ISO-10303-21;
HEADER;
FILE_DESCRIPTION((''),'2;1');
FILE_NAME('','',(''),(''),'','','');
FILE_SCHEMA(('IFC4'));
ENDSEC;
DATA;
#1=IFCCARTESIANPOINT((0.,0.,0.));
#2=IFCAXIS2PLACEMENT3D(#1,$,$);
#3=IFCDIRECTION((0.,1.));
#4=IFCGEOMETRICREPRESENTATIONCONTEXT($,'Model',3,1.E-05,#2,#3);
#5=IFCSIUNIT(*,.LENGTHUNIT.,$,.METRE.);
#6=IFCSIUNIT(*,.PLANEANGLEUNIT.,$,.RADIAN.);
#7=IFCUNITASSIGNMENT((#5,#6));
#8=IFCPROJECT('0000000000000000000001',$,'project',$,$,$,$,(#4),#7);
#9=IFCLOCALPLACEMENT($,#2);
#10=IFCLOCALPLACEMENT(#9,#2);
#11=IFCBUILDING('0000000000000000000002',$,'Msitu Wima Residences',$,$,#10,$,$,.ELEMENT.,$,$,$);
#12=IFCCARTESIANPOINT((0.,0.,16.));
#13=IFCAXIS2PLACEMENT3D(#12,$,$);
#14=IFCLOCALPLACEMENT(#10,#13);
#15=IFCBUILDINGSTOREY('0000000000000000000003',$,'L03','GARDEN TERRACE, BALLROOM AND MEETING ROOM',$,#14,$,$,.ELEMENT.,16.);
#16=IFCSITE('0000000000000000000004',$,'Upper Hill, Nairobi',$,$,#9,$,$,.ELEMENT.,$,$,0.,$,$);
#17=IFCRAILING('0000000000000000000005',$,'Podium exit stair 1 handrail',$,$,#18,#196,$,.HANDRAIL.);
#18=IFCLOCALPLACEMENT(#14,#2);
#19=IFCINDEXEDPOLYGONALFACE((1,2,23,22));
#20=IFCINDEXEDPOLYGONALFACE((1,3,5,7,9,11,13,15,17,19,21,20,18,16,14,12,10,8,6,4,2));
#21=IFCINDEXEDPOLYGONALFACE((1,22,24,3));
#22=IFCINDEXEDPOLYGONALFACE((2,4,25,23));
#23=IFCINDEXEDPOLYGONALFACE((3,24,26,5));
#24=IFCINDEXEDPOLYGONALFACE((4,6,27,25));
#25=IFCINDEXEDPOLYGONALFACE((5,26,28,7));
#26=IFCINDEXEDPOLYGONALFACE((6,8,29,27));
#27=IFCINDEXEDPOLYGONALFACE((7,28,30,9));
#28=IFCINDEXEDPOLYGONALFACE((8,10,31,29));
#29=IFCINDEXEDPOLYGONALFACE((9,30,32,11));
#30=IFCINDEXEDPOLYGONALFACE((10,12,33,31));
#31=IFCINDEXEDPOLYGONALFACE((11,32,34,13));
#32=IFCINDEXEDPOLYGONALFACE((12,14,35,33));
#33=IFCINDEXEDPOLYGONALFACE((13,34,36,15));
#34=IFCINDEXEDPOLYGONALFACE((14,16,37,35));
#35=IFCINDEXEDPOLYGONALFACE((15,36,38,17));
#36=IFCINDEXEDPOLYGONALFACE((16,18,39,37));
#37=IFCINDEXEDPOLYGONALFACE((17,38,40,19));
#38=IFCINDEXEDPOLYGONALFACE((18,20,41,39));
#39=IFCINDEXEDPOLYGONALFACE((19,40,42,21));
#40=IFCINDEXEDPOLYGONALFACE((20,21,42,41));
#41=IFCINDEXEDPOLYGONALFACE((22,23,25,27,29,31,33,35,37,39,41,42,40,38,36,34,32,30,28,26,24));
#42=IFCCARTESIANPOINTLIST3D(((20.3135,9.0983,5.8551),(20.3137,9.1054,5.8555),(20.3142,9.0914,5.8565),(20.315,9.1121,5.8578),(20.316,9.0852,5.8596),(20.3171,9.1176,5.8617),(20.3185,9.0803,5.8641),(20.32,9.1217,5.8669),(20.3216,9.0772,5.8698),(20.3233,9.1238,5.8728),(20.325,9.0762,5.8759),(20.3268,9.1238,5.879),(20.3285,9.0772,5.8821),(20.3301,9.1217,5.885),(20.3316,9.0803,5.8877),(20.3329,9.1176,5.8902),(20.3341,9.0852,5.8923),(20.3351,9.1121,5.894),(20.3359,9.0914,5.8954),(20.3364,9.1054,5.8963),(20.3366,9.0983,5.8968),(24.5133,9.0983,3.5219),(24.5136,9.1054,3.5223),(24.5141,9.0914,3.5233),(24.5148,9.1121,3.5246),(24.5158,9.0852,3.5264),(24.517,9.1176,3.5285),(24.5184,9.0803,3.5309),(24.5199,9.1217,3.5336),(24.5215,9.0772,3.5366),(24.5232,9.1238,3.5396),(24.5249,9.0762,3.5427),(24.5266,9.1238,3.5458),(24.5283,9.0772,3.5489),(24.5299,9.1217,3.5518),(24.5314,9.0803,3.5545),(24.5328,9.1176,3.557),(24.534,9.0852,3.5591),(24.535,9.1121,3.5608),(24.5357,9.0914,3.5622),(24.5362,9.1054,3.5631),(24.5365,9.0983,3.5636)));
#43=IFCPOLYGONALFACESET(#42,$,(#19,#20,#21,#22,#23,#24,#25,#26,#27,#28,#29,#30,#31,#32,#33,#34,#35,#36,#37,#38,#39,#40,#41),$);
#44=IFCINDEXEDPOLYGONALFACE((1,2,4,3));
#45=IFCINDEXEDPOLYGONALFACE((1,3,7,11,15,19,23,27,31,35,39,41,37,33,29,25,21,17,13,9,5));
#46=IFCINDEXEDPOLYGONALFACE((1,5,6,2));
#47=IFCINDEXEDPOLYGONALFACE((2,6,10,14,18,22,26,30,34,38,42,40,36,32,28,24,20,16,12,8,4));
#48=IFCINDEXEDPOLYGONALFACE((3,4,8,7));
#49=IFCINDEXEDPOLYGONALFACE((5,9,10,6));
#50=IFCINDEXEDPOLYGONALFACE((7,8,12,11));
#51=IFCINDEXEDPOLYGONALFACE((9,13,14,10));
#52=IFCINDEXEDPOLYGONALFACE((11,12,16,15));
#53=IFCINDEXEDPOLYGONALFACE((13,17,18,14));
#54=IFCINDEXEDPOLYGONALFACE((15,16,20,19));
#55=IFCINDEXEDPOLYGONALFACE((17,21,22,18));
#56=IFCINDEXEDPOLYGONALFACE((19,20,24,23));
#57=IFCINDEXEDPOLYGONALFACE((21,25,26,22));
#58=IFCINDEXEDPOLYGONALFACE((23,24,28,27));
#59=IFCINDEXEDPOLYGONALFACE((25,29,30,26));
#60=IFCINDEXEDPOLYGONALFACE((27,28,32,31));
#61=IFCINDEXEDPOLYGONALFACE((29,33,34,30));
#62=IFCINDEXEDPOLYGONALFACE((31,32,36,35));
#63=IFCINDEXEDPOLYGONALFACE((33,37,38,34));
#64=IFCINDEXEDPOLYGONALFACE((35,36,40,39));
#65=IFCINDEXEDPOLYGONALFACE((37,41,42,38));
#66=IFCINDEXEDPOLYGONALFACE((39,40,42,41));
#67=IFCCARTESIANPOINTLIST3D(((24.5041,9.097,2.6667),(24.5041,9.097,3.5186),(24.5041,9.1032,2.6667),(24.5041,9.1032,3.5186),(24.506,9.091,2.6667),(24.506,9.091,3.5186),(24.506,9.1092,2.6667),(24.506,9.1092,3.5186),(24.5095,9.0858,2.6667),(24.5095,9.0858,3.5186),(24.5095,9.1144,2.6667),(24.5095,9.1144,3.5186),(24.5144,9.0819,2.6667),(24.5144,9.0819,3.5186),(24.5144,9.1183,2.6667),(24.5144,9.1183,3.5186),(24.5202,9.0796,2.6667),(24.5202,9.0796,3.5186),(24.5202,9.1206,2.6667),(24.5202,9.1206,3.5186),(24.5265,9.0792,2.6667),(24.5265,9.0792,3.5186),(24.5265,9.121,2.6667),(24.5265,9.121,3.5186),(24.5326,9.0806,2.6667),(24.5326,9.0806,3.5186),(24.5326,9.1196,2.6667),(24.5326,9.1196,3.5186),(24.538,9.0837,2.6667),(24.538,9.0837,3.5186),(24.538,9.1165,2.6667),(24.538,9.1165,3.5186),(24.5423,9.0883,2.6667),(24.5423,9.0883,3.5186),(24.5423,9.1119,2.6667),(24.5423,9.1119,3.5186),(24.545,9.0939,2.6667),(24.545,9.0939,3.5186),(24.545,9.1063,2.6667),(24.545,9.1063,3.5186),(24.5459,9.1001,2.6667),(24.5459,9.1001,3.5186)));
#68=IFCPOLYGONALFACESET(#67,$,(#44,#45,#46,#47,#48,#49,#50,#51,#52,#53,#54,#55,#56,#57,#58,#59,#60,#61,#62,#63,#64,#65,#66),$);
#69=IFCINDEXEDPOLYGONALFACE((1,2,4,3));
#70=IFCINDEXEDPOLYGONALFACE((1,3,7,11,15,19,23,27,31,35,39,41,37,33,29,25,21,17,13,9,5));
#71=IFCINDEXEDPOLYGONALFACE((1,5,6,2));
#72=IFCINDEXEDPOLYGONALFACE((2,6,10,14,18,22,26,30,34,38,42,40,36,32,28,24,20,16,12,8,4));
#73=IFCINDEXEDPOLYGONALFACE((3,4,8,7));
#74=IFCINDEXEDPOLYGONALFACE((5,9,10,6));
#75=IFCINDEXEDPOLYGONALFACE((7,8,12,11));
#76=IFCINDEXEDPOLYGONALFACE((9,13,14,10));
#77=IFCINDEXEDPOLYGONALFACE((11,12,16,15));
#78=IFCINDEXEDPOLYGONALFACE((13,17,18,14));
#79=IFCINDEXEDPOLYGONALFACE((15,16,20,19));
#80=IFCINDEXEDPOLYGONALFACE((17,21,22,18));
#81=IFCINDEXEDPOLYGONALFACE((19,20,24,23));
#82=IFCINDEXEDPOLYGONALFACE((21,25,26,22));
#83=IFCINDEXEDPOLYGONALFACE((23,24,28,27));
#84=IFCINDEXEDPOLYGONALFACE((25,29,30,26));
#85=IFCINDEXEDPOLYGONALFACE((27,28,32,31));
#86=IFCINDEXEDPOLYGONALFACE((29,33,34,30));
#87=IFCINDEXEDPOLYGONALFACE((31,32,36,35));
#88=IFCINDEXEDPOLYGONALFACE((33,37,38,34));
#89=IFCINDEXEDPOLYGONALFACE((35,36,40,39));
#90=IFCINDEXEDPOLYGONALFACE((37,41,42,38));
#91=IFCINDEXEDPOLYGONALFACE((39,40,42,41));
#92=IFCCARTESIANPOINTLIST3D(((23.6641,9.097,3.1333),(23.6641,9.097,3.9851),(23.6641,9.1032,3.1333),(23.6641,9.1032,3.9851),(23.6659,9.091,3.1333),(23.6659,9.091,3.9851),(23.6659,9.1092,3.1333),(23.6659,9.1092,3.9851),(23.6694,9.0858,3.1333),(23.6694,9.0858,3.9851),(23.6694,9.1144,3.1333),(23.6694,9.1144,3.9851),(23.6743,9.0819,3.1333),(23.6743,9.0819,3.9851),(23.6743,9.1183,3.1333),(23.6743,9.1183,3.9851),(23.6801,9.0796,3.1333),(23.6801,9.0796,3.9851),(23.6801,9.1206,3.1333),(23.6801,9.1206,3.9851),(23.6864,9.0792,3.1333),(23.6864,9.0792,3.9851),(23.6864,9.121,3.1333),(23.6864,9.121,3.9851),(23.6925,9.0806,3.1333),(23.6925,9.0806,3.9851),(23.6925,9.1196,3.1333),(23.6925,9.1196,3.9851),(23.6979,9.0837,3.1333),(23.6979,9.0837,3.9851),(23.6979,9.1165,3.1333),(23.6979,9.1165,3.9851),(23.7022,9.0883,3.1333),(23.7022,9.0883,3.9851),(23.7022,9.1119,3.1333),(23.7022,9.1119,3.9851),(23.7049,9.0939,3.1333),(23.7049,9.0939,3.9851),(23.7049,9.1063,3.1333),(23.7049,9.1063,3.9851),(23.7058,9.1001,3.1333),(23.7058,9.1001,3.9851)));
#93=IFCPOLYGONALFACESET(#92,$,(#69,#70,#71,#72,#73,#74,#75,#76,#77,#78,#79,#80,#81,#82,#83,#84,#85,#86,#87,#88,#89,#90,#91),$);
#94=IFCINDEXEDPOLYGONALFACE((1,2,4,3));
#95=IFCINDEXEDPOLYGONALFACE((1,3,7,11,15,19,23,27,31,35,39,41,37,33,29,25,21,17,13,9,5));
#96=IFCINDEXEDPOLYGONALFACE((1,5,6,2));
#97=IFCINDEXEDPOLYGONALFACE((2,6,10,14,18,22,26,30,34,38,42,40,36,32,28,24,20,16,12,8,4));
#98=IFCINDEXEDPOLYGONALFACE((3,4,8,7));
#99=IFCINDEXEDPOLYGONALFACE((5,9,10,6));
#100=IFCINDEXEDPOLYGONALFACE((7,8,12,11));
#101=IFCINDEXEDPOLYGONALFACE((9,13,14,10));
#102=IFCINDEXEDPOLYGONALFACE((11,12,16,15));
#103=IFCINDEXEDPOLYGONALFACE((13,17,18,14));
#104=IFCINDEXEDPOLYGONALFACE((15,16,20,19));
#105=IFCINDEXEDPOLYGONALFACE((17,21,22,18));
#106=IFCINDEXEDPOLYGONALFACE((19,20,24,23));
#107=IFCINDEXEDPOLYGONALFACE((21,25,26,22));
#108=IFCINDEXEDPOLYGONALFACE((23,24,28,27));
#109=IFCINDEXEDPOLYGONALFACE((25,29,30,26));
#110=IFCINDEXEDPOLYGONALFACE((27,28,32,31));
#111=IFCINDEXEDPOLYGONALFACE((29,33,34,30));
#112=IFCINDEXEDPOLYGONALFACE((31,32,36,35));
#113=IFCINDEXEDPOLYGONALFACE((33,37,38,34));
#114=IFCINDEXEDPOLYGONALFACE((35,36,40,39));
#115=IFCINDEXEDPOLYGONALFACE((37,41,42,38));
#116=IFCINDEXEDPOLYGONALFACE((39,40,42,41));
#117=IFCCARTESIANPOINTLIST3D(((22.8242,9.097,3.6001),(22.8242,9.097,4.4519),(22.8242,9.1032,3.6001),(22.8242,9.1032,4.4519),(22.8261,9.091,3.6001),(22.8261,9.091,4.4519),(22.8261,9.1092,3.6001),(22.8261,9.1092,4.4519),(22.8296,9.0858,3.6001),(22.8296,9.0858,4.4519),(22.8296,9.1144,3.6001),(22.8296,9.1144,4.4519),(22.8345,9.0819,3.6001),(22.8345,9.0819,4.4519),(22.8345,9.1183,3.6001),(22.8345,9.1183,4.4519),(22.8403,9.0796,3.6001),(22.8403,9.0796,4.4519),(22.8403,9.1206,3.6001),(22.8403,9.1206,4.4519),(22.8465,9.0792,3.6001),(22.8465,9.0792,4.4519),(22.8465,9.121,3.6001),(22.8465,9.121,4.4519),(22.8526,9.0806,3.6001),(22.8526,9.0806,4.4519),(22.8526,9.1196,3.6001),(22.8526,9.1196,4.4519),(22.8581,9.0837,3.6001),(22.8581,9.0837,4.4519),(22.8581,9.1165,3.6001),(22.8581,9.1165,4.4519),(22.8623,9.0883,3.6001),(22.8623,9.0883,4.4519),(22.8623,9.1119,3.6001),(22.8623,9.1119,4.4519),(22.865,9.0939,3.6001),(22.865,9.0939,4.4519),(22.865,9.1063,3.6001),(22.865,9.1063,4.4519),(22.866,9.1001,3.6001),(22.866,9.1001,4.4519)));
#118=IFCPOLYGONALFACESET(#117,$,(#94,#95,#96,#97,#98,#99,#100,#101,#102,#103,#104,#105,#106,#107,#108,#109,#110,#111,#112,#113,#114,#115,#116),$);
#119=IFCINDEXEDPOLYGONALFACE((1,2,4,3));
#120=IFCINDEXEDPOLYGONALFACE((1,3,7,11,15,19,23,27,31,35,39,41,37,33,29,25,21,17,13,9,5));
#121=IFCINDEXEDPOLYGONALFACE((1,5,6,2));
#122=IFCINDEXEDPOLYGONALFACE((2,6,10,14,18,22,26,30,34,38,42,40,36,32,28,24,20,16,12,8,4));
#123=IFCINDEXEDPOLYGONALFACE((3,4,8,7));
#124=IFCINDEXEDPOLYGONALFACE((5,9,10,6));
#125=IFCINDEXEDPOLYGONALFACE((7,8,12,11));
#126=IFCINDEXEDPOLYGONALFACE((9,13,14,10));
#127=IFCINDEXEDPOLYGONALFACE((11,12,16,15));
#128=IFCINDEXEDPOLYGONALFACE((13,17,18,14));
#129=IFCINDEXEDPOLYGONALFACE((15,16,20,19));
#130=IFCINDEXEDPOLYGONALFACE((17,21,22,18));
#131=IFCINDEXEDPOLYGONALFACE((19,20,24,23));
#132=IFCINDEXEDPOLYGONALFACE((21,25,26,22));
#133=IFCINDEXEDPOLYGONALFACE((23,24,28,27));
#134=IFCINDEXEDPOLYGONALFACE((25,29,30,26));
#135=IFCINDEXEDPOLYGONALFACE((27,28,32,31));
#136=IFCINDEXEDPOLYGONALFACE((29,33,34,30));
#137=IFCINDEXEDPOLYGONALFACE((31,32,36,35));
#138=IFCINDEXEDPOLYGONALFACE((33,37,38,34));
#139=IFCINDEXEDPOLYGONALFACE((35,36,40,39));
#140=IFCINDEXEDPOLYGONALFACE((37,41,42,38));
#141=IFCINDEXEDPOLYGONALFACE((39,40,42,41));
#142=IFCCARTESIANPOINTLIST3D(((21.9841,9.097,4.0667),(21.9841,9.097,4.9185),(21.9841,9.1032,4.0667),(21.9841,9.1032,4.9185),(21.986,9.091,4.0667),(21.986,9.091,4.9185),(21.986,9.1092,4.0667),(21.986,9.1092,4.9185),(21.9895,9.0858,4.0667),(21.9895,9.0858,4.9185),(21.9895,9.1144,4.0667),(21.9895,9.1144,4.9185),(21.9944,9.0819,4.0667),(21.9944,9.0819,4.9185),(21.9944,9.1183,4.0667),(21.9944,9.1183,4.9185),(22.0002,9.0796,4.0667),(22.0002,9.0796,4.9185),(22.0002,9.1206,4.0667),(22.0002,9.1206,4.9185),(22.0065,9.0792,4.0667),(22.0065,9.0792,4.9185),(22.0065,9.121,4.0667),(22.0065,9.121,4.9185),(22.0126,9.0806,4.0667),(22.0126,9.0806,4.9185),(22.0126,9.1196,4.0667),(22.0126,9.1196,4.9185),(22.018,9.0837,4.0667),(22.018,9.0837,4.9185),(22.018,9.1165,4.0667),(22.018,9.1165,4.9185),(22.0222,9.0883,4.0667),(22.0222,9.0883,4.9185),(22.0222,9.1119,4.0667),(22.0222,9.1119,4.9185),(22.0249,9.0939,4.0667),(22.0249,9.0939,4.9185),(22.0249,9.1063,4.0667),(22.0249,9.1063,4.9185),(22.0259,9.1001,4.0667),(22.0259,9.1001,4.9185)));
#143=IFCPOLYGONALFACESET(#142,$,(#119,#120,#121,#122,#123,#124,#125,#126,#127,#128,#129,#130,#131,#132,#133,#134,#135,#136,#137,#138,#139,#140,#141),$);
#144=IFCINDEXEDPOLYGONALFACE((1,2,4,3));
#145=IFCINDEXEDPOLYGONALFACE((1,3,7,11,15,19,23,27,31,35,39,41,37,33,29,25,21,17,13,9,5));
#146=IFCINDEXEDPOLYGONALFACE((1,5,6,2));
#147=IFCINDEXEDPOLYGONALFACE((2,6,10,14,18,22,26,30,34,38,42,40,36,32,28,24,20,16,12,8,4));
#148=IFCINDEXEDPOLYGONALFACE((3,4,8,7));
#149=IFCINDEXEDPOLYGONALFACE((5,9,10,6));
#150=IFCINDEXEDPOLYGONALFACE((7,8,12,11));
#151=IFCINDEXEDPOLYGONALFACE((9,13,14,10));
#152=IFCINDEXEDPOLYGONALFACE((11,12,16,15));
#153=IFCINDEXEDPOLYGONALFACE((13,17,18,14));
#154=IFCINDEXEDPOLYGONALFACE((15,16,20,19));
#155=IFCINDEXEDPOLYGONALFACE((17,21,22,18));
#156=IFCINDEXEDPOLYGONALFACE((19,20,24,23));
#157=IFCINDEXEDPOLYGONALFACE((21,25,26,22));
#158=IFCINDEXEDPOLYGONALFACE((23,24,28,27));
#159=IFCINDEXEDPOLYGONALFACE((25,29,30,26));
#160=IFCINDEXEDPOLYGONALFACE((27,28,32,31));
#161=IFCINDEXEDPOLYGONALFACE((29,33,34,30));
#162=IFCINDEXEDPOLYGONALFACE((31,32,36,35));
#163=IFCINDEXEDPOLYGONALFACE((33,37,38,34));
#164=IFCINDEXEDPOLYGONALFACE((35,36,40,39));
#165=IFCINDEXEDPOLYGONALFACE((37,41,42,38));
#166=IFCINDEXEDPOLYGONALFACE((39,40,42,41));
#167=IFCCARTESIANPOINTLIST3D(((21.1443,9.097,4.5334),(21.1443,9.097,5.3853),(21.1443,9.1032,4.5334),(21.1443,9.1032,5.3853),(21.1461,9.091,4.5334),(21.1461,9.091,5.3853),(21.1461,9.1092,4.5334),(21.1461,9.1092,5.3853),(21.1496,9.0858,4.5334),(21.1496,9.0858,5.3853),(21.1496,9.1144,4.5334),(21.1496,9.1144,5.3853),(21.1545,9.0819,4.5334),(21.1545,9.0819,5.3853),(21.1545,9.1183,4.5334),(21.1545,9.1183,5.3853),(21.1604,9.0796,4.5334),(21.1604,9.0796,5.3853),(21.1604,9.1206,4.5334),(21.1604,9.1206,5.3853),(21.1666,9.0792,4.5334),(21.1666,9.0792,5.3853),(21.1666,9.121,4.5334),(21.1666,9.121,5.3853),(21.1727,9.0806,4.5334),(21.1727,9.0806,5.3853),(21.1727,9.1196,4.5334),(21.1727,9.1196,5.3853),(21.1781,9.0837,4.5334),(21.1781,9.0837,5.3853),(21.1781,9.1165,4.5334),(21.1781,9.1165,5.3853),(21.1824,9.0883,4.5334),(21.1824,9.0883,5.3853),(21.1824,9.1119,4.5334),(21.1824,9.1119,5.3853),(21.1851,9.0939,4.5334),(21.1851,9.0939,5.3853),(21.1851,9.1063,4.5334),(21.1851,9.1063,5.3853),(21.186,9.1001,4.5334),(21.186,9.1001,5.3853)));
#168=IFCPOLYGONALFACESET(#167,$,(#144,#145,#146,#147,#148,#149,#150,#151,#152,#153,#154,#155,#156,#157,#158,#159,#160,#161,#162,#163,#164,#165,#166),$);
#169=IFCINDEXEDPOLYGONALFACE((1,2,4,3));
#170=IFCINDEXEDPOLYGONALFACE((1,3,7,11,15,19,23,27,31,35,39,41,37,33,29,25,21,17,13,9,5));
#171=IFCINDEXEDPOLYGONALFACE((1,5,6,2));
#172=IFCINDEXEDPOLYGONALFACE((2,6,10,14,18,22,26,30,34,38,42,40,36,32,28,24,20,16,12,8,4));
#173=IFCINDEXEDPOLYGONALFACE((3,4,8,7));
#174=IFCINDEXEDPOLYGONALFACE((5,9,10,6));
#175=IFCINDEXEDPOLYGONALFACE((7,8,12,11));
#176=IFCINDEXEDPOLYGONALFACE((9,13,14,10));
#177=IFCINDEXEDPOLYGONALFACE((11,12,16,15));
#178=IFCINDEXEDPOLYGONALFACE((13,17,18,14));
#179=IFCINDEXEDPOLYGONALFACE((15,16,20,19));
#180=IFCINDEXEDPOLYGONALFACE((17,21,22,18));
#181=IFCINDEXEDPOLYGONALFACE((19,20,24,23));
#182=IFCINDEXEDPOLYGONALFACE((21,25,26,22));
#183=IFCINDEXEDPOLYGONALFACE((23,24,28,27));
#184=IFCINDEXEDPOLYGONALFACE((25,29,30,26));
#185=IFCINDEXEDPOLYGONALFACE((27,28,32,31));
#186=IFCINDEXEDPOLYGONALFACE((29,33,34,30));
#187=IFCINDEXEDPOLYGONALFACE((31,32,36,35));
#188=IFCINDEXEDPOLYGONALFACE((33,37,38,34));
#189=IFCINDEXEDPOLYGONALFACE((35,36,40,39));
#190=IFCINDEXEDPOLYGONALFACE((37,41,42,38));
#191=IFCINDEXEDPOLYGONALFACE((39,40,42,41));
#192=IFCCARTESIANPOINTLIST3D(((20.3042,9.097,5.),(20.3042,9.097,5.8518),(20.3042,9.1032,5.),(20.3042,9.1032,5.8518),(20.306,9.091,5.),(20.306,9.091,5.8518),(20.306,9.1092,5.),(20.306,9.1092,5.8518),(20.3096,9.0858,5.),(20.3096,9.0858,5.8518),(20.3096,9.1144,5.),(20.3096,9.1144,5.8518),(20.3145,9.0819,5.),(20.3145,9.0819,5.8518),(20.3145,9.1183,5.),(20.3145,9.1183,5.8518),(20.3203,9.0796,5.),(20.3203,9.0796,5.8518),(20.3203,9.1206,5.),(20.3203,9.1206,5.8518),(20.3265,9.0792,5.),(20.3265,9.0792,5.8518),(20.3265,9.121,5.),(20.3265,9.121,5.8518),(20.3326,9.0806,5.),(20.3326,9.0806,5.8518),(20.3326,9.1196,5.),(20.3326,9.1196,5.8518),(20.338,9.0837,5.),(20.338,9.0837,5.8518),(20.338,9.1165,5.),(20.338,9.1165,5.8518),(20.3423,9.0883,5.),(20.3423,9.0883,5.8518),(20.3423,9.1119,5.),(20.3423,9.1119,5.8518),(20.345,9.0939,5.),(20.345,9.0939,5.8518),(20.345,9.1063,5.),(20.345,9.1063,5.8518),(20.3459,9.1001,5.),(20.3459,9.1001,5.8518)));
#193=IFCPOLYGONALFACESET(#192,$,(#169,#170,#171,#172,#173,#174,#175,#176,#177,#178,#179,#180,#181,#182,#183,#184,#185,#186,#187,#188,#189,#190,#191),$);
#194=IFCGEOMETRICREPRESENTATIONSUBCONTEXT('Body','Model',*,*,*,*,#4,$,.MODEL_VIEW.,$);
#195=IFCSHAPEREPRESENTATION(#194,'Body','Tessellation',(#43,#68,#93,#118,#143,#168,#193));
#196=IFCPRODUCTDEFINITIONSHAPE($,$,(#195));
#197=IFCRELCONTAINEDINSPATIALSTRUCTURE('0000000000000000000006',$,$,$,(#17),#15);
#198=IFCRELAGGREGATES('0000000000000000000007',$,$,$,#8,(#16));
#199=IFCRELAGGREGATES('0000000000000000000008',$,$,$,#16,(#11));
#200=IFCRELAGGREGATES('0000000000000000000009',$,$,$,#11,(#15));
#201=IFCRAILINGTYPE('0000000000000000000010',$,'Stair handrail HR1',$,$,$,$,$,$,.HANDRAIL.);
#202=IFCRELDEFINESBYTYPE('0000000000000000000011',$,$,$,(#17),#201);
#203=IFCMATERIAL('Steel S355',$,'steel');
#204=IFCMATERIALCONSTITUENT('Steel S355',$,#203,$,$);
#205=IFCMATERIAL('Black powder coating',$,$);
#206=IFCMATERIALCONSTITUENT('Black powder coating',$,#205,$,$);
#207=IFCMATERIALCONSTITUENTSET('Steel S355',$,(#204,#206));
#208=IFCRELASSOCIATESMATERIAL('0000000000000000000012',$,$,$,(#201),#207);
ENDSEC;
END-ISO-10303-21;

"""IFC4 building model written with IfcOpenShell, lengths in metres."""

from ifc_helpers import new_model, si_unit, direction, frame, origin, origin_2d, place, context, subcontext, project, spatial, circle, extrude, material, constituent, constituent_set, type_object, element, save


model = new_model("IFC4")

# Units and contexts
model_context = context("Model", 3, precision=1e-05, world=origin(), true_north=direction((0.0, 1.0)))
body_context = subcontext(model_context, "Body", "Model", "MODEL_VIEW")
ifc_project = project(units=[si_unit("LENGTHUNIT", "METRE"), si_unit("PLANEANGLEUNIT", "RADIAN")], contexts=[model_context])

# Site, building, storey
site_placement = place(None, origin())
site = spatial("IfcSite", under=ifc_project, at=site_placement, Name="Upper Hill, Nairobi", CompositionType="ELEMENT", RefElevation=0.0)
building_placement = place(site_placement, origin())
building = spatial("IfcBuilding", under=site, at=building_placement, Name="Msitu Wima Residences", CompositionType="ELEMENT")
storey_placement = place(building_placement, frame((0.0, 0.0, 16.0)))
storey = spatial("IfcBuildingStorey", under=building, at=storey_placement, Name="L03", Description="GARDEN TERRACE, BALLROOM AND MEETING ROOM", CompositionType="ELEMENT", Elevation=16.0)

# Railing
ifc_material_1 = material(Name="Steel S355", Category="steel")
ifc_constituent_1 = constituent(ifc_material_1, Name="Steel S355")
ifc_material_2 = material(Name="Black powder coating")
ifc_constituent_2 = constituent(ifc_material_2, Name="Black powder coating")
ifc_constituent_set = constituent_set(constituents=[ifc_constituent_1, ifc_constituent_2], Name="Steel S355")
railing_type = type_object("IfcRailingType", Name="Stair handrail HR1", PredefinedType="HANDRAIL", material=ifc_constituent_set)
for number, where, name in (
    (1, (24.5249, 9.1001, 2.6667), "Podium exit stair 1 handrail"),
):
    element("IfcRailing", number, at=place(storey_placement, frame(where)), inside=storey, type_object=railing_type, Name=name, PredefinedType="HANDRAIL", context=body_context, shape_type="SweptSolid", body=[
        extrude(circle(Radius=0.0239, at=origin_2d()), frame((0.0, 0.0, 0.876), z_axis=(-0.874162, 0.0, 0.485634), x_axis=(0.0, -1.0, 0.0)), (0.0, 0.0, 1.0), 4.8044),
        extrude(circle(Radius=0.021, at=origin_2d()), origin(), (0.0, 0.0, 1.0), 0.8518),
        extrude(circle(Radius=0.021, at=origin_2d()), frame((-0.8401, 0.0, 0.4666)), (0.0, 0.0, 1.0), 0.8518),
        extrude(circle(Radius=0.021, at=origin_2d()), frame((-1.6799, 0.0, 0.9333)), (0.0, 0.0, 1.0), 0.8518),
        extrude(circle(Radius=0.021, at=origin_2d()), frame((-2.52, 0.0, 1.3999)), (0.0, 0.0, 1.0), 0.8518),
        extrude(circle(Radius=0.021, at=origin_2d()), frame((-3.3599, 0.0, 1.8667)), (0.0, 0.0, 1.0), 0.8518),
        extrude(circle(Radius=0.021, at=origin_2d()), frame((-4.2, 0.0, 2.3333)), (0.0, 0.0, 1.0), 0.8518),
    ])

save(model, "model.ifc")
